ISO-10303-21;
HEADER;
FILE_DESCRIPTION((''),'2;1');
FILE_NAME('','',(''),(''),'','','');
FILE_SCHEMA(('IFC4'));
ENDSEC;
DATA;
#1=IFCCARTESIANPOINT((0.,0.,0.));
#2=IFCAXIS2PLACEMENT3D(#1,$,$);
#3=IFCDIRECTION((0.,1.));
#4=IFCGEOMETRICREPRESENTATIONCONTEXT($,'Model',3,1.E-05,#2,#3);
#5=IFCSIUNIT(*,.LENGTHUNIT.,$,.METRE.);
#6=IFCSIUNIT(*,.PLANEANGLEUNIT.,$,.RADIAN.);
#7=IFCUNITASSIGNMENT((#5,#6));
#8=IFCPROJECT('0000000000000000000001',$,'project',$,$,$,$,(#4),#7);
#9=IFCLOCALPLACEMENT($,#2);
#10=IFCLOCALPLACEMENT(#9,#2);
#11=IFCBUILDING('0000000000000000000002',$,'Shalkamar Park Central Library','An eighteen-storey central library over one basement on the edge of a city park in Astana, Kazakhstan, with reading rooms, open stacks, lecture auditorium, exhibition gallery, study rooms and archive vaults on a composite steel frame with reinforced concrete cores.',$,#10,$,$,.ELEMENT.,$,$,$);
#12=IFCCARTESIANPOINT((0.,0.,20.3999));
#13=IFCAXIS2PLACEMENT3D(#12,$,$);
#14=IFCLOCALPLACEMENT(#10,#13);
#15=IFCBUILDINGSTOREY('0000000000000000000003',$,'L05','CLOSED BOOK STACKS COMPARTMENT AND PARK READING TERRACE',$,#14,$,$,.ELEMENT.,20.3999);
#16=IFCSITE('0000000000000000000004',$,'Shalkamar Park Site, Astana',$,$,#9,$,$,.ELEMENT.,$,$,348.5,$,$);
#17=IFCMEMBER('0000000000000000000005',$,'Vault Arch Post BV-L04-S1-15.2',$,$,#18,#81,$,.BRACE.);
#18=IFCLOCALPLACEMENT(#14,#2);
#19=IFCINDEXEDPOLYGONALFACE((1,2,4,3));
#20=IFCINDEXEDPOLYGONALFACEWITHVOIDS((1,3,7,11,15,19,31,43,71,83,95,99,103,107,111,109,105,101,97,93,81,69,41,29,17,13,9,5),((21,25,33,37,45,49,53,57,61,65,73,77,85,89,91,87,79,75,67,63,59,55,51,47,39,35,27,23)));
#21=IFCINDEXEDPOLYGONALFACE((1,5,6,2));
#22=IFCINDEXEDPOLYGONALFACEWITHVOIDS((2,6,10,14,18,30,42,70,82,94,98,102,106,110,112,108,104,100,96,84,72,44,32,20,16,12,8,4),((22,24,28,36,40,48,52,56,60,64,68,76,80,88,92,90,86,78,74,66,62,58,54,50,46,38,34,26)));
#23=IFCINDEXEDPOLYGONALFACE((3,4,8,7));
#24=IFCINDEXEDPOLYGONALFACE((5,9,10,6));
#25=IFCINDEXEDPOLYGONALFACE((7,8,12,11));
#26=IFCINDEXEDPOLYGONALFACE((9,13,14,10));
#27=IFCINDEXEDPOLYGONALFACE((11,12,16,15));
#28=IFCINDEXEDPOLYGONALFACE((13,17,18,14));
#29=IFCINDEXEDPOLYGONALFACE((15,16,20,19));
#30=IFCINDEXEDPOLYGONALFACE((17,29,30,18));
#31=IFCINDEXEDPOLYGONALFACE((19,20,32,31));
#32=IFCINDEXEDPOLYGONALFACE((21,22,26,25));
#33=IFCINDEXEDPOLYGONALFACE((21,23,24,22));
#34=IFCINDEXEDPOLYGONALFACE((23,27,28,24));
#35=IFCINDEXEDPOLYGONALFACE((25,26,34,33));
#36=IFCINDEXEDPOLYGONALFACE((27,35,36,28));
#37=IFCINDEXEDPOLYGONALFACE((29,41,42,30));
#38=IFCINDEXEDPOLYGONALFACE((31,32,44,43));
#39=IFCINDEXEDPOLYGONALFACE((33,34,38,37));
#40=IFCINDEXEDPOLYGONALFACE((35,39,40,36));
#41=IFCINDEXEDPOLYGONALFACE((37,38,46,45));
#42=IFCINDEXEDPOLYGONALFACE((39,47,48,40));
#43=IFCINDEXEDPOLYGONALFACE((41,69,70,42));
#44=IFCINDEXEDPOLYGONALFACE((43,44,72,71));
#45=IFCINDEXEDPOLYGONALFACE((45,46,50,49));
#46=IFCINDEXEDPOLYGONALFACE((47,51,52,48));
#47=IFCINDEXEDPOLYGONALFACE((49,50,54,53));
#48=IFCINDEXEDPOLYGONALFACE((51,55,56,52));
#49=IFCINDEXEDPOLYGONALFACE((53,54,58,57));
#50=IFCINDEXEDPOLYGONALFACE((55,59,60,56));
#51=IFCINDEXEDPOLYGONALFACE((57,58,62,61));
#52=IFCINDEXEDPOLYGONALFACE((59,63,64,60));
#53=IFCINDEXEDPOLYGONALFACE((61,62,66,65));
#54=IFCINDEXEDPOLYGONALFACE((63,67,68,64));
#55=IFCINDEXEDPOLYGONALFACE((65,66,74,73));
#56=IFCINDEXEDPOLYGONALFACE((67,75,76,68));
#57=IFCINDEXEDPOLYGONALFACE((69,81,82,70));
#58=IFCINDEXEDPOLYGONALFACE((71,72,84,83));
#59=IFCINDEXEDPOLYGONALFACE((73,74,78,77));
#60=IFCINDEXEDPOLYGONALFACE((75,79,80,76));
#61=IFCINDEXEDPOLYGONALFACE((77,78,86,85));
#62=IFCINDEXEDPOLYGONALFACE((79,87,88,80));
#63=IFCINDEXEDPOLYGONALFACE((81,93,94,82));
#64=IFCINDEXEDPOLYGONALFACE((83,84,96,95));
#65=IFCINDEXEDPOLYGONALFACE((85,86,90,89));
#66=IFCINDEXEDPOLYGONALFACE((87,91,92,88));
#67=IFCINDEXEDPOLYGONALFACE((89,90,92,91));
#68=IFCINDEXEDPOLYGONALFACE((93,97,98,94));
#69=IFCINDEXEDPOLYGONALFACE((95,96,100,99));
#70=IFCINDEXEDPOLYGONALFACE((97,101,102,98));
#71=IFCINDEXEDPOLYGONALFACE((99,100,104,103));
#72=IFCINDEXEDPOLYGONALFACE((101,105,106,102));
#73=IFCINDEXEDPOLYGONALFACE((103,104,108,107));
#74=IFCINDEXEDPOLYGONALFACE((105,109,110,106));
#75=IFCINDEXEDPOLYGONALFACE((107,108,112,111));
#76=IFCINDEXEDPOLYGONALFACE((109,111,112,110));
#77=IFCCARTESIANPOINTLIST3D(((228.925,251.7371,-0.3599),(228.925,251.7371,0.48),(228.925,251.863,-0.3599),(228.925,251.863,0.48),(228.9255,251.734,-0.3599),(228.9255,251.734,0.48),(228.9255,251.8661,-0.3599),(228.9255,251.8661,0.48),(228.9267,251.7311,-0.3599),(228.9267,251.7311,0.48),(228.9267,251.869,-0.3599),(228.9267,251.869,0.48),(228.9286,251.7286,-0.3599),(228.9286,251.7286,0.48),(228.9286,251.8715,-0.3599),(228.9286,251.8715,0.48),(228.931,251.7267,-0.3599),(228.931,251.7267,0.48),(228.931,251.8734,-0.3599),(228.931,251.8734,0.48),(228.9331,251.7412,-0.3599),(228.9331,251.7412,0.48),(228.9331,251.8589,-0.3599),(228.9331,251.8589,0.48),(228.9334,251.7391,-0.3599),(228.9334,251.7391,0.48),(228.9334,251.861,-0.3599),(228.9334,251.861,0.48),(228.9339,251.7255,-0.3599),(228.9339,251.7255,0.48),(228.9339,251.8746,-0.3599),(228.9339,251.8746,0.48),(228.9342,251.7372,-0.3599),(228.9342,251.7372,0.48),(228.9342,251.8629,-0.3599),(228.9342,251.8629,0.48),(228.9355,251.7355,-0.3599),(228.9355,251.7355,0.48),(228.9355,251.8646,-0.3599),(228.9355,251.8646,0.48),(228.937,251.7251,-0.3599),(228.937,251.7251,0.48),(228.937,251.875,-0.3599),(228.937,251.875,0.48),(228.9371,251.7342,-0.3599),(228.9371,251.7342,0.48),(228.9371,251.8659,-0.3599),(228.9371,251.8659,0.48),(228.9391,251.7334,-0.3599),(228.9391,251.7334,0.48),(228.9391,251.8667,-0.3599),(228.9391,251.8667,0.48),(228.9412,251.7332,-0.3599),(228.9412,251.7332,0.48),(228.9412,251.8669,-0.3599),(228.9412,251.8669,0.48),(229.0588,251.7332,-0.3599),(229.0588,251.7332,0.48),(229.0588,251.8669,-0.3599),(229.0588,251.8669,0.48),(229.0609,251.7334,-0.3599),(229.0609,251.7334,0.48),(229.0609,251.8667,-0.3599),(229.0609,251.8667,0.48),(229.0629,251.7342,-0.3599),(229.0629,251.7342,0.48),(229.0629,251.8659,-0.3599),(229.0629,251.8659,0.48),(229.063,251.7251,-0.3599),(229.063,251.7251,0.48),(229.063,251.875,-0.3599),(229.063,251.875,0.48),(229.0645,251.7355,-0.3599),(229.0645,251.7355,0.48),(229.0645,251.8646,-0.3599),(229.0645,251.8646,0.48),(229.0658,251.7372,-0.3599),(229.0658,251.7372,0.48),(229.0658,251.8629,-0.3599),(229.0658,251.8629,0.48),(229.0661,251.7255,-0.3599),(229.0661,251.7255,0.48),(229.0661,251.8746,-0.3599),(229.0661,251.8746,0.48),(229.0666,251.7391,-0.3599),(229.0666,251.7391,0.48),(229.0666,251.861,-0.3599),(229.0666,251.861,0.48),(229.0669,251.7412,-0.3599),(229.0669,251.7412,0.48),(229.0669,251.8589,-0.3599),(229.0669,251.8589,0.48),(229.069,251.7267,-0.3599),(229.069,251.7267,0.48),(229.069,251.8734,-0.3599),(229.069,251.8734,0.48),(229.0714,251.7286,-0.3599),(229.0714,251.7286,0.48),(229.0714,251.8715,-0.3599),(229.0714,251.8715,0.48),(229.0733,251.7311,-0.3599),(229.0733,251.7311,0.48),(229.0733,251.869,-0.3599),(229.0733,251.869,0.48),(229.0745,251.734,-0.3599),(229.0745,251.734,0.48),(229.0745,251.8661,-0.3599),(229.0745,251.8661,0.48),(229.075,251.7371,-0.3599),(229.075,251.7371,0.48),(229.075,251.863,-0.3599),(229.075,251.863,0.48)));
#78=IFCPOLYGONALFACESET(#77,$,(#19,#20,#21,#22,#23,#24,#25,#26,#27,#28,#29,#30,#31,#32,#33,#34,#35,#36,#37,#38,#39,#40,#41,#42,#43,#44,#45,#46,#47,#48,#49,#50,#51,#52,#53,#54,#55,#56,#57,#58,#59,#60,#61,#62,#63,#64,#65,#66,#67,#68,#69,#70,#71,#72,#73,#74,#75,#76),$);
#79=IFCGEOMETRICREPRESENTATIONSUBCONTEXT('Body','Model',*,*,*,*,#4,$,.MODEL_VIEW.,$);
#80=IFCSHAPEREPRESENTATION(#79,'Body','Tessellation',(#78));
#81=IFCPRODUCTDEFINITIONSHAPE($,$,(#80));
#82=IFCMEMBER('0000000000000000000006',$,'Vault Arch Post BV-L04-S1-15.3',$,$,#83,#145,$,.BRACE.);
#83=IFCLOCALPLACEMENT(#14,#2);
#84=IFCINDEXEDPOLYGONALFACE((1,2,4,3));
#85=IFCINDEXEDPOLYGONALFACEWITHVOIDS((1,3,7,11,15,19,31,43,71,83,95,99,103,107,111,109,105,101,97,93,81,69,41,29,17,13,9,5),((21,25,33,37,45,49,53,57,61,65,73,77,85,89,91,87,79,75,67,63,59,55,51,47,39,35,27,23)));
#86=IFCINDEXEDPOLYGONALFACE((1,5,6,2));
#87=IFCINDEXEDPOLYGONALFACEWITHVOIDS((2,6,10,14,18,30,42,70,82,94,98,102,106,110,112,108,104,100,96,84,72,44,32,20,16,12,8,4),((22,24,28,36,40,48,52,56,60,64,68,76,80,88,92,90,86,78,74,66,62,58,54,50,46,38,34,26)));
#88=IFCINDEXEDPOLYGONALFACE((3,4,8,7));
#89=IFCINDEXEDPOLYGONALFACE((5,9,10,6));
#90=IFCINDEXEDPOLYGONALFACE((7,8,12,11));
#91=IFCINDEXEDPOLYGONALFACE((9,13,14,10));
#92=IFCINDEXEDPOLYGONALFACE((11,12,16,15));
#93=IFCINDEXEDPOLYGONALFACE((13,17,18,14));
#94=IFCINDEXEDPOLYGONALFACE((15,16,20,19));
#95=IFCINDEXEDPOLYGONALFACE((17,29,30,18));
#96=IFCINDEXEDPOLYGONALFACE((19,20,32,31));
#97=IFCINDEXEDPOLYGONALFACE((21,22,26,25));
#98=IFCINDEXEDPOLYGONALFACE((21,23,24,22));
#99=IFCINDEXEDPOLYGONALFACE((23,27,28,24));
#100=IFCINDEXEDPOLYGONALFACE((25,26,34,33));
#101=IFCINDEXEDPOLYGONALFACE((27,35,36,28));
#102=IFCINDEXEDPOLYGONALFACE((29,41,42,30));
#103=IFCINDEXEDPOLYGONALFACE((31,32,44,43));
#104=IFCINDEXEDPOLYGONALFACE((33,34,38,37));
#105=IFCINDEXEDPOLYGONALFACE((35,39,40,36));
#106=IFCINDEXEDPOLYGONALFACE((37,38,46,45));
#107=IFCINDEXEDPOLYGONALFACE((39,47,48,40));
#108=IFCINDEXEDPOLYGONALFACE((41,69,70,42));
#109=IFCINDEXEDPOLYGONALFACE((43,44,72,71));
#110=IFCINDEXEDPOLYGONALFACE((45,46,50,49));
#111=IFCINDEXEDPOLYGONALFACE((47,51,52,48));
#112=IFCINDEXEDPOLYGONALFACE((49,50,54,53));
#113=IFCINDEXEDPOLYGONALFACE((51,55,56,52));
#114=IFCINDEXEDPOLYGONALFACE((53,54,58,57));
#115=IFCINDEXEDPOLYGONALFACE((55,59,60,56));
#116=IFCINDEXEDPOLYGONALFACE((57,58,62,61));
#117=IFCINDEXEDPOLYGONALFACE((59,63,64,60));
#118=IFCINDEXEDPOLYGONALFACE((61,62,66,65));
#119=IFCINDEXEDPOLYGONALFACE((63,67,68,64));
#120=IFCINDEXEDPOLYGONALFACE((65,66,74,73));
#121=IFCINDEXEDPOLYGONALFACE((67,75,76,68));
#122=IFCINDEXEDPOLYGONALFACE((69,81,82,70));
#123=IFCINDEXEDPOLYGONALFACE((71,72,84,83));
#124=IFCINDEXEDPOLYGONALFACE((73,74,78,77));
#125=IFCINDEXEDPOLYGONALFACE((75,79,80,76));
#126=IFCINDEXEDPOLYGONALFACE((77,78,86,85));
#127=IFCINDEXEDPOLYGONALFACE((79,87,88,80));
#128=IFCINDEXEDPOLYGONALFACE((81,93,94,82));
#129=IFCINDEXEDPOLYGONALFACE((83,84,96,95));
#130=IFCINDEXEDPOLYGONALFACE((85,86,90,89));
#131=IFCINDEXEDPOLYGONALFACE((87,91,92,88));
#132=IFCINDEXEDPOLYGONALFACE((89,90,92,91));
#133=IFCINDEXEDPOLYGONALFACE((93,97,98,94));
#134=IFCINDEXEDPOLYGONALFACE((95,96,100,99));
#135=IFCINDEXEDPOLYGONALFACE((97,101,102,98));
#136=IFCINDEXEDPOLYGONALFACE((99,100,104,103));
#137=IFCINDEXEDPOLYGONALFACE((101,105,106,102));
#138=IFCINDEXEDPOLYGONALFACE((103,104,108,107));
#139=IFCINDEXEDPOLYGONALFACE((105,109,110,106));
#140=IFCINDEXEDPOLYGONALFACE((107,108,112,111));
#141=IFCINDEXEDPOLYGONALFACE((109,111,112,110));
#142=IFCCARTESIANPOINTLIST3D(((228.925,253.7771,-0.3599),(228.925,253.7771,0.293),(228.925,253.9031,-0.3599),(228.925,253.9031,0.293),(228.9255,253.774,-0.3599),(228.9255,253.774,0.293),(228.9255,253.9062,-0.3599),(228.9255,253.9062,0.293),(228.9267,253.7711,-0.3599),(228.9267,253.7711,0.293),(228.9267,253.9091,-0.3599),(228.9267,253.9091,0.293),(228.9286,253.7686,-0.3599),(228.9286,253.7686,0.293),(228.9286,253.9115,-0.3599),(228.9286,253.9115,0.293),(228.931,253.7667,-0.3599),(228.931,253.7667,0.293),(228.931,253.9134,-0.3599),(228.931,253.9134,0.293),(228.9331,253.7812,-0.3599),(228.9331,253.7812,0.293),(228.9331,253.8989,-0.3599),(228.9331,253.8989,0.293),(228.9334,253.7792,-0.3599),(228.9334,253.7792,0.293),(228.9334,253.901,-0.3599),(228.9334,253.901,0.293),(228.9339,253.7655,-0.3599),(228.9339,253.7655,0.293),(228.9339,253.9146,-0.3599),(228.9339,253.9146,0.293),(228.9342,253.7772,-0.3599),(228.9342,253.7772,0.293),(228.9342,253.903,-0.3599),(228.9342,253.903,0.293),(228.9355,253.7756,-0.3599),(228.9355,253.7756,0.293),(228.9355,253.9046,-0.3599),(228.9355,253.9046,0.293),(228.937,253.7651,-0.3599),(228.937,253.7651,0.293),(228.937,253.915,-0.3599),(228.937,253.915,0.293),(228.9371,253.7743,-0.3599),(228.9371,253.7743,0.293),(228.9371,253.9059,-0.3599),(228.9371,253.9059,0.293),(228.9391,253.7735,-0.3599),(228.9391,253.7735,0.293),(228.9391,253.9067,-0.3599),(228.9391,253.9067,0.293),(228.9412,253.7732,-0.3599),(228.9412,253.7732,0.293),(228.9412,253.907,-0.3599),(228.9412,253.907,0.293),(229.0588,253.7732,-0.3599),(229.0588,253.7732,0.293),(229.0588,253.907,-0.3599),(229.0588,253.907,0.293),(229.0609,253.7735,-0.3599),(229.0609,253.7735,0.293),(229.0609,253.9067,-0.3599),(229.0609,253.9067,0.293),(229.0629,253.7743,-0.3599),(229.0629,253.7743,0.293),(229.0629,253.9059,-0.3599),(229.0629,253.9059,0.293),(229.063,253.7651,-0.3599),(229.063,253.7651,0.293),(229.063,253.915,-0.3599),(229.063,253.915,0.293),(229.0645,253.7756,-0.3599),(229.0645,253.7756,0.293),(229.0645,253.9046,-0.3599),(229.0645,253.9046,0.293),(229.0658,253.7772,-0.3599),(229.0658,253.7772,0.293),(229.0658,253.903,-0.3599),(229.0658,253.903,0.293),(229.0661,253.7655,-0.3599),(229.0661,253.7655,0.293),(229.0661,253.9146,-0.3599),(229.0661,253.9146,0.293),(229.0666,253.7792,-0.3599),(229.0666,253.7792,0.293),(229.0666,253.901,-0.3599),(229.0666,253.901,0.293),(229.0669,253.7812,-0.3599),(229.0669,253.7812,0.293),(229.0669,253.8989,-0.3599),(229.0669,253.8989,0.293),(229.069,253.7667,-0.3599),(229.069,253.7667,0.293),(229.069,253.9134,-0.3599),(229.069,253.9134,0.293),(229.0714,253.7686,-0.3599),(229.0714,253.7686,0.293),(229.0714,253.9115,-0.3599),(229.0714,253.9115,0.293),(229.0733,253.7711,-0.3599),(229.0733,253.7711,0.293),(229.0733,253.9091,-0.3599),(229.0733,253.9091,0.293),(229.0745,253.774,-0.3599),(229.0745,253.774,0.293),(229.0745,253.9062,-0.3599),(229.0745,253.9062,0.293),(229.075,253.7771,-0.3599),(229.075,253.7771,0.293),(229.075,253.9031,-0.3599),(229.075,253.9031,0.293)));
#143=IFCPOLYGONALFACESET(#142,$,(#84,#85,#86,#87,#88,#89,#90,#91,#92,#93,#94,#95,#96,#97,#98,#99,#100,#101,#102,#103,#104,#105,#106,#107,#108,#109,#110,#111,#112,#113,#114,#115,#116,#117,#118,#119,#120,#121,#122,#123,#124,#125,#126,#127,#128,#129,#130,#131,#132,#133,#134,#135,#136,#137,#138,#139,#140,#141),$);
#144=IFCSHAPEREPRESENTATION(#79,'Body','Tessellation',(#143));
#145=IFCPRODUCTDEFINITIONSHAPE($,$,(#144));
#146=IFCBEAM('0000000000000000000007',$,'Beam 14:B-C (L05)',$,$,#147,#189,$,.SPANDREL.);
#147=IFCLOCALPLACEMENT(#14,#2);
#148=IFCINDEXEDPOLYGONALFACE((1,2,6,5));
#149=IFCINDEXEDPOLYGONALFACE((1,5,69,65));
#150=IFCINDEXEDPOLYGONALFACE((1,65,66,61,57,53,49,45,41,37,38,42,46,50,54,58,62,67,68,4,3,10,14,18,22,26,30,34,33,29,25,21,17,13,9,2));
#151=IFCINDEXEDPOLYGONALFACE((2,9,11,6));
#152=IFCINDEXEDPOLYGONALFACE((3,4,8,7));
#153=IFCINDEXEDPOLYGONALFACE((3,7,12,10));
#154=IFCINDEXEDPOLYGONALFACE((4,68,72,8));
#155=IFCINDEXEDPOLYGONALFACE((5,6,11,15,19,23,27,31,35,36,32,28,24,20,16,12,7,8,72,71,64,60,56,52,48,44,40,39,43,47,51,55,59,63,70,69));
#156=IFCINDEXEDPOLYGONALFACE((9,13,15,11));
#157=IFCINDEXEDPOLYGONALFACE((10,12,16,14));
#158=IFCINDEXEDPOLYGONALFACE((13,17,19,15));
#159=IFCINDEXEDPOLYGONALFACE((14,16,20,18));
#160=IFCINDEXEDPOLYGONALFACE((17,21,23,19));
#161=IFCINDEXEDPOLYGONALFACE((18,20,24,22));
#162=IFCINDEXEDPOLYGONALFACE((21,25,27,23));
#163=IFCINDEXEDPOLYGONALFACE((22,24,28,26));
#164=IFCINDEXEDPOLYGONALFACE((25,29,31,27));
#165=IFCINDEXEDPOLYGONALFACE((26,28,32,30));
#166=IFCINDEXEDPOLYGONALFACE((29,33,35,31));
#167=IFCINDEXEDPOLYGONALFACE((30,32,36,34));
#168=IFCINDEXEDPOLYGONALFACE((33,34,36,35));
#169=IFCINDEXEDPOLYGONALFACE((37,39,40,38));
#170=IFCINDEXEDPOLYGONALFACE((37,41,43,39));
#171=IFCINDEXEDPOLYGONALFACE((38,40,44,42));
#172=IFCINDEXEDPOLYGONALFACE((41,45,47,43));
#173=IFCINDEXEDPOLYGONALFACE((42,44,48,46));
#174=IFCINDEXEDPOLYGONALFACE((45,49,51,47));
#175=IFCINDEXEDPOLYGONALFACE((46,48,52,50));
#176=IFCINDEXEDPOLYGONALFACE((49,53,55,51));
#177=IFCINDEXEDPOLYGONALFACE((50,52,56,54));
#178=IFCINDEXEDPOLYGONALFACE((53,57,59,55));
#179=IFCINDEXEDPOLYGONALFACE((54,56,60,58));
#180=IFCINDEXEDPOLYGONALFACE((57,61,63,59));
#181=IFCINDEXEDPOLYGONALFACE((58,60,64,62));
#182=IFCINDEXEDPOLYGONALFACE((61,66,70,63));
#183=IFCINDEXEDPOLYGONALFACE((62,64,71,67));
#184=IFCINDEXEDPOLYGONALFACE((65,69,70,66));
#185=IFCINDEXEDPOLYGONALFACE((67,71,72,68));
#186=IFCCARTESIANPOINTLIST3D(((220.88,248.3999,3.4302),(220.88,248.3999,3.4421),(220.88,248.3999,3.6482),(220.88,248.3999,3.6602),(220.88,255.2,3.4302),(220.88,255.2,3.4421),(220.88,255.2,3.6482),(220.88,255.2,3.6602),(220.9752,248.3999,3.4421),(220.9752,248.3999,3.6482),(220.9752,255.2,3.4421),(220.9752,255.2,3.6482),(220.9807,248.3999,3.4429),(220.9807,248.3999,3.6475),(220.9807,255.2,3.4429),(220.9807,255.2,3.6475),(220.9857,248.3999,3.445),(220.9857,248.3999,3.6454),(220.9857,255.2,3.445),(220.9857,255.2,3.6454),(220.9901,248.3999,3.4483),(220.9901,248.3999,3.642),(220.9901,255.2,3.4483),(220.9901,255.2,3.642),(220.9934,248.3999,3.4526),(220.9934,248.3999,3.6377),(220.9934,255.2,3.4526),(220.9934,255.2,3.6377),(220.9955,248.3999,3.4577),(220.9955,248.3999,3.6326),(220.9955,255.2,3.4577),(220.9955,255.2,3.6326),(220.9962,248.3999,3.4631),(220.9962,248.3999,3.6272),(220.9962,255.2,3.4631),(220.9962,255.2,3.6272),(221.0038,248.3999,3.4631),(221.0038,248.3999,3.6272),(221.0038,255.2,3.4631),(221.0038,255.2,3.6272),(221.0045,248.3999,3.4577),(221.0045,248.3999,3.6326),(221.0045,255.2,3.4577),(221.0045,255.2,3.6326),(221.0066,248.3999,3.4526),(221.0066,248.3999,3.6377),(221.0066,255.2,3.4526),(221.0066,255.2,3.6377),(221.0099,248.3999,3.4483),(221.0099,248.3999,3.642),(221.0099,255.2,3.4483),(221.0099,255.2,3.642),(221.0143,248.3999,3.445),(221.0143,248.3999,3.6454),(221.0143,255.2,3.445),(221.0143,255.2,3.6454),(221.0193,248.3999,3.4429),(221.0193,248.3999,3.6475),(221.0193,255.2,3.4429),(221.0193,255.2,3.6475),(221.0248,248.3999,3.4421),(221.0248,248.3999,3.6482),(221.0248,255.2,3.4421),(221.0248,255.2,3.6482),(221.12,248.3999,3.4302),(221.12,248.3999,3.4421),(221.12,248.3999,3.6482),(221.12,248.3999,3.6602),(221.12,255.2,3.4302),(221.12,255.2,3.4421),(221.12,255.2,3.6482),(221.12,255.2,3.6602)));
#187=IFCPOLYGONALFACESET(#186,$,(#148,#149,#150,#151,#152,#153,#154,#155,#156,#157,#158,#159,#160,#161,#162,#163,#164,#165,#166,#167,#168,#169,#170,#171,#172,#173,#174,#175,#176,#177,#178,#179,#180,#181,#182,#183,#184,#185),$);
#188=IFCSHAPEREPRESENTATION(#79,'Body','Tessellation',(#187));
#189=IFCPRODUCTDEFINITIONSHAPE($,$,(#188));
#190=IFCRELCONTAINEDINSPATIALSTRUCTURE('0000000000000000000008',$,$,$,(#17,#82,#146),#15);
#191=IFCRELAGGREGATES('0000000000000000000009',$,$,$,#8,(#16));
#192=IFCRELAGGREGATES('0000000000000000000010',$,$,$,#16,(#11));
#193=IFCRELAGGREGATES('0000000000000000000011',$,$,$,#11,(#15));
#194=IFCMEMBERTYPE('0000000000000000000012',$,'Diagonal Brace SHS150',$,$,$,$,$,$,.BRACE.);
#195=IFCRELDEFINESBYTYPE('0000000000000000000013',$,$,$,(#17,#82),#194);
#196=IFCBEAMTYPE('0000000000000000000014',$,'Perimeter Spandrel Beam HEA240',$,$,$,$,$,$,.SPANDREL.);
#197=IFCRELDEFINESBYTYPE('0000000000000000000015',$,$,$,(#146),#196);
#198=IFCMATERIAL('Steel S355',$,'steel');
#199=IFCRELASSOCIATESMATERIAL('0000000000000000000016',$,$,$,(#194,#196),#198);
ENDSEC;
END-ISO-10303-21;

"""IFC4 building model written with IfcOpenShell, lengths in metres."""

from ifc_helpers import new_model, si_unit, direction, frame, origin, origin_2d, place, context, subcontext, project, spatial, hollow_rectangle, i_section, extrude, material, material_profile, profile_set, type_object, element, save


model = new_model("IFC4")

# Units and contexts
model_context = context("Model", 3, precision=1e-05, world=origin(), true_north=direction((0.0, 1.0)))
body_context = subcontext(model_context, "Body", "Model", "MODEL_VIEW")
ifc_project = project(units=[si_unit("LENGTHUNIT", "METRE"), si_unit("PLANEANGLEUNIT", "RADIAN")], contexts=[model_context])

# Site, building, storey
site_placement = place(None, origin())
site = spatial("IfcSite", under=ifc_project, at=site_placement, Name="Shalkamar Park Site, Astana", CompositionType="ELEMENT", RefElevation=348.5)
building_placement = place(site_placement, origin())
building = spatial("IfcBuilding", under=site, at=building_placement, Name="Shalkamar Park Central Library", Description="An eighteen-storey central library over one basement on the edge of a city park in Astana, Kazakhstan, with reading rooms, open stacks, lecture auditorium, exhibition gallery, study rooms and archive vaults on a composite steel frame with reinforced concrete cores.", CompositionType="ELEMENT")
storey_placement = place(building_placement, frame((0.0, 0.0, 20.3999)))
storey = spatial("IfcBuildingStorey", under=building, at=storey_placement, Name="L05", Description="CLOSED BOOK STACKS COMPARTMENT AND PARK READING TERRACE", CompositionType="ELEMENT", Elevation=20.3999)

# Shared definitions
ifc_material_1 = material(Name="Steel S355", Category="steel")

# Members
ifc_material_profile_1 = material_profile(ifc_material_1, hollow_rectangle(XDim=0.1499, YDim=0.1499, WallThickness=0.0081, InnerFilletRadius=0.0081, OuterFilletRadius=0.012, at=origin_2d()), Name="SHS 150x150x8")
ifc_profile_set_1 = profile_set([ifc_material_profile_1], Name="Steel S355")
member_type_1 = type_object("IfcMemberType", Name="Diagonal Brace SHS150", PredefinedType="BRACE", material=ifc_profile_set_1)
member_1_placement = place(storey_placement, frame((229.0, 251.8, -0.3599), z_axis=(0.0, 0.0, 1.0), x_axis=(1.0, 0.0, 0.0)))
element("IfcMember", 1, at=member_1_placement, inside=storey, type_object=member_type_1, Name="Vault Arch Post BV-L04-S1-15.2", PredefinedType="BRACE", context=body_context, shape_type="SweptSolid", body=[
    extrude(hollow_rectangle(XDim=0.1499, YDim=0.1499, WallThickness=0.0081, InnerFilletRadius=0.0081, OuterFilletRadius=0.012, at=origin_2d()), origin(), (0.0, 0.0, 1.0), 0.8398),
])
member_2_placement = place(storey_placement, frame((229.0, 253.8401, -0.3599), z_axis=(0.0, 0.0, 1.0), x_axis=(1.0, 0.0, 0.0)))
element("IfcMember", 2, at=member_2_placement, inside=storey, type_object=member_type_1, Name="Vault Arch Post BV-L04-S1-15.3", PredefinedType="BRACE", context=body_context, shape_type="SweptSolid", body=[
    extrude(hollow_rectangle(XDim=0.1499, YDim=0.1499, WallThickness=0.0081, InnerFilletRadius=0.0081, OuterFilletRadius=0.012, at=origin_2d()), origin(), (0.0, 0.0, 1.0), 0.6528),
])

# Beam
ifc_material_profile_2 = material_profile(ifc_material_1, i_section(OverallWidth=0.24, OverallDepth=0.23, WebThickness=0.0076, FlangeThickness=0.012, FilletRadius=0.021, at=origin_2d()), Name="HEA 240")
ifc_profile_set_2 = profile_set([ifc_material_profile_2], Name="Steel S355")
beam_type_1 = type_object("IfcBeamType", Name="Perimeter Spandrel Beam HEA240", PredefinedType="SPANDREL", material=ifc_profile_set_2)
beam_1_placement = place(storey_placement, frame((221.0, 248.3999, 3.5452), z_axis=(0.0, 1.0, 0.0), x_axis=(-1.0, 0.0, 0.0)))
element("IfcBeam", 3, at=beam_1_placement, inside=storey, type_object=beam_type_1, Name="Beam 14:B-C (L05)", PredefinedType="SPANDREL", context=body_context, shape_type="SweptSolid", body=[
    extrude(i_section(OverallWidth=0.24, OverallDepth=0.23, WebThickness=0.0076, FlangeThickness=0.012, FilletRadius=0.021, at=origin_2d()), origin(), (0.0, 0.0, 1.0), 6.8),
])

save(model, "model.ifc")
